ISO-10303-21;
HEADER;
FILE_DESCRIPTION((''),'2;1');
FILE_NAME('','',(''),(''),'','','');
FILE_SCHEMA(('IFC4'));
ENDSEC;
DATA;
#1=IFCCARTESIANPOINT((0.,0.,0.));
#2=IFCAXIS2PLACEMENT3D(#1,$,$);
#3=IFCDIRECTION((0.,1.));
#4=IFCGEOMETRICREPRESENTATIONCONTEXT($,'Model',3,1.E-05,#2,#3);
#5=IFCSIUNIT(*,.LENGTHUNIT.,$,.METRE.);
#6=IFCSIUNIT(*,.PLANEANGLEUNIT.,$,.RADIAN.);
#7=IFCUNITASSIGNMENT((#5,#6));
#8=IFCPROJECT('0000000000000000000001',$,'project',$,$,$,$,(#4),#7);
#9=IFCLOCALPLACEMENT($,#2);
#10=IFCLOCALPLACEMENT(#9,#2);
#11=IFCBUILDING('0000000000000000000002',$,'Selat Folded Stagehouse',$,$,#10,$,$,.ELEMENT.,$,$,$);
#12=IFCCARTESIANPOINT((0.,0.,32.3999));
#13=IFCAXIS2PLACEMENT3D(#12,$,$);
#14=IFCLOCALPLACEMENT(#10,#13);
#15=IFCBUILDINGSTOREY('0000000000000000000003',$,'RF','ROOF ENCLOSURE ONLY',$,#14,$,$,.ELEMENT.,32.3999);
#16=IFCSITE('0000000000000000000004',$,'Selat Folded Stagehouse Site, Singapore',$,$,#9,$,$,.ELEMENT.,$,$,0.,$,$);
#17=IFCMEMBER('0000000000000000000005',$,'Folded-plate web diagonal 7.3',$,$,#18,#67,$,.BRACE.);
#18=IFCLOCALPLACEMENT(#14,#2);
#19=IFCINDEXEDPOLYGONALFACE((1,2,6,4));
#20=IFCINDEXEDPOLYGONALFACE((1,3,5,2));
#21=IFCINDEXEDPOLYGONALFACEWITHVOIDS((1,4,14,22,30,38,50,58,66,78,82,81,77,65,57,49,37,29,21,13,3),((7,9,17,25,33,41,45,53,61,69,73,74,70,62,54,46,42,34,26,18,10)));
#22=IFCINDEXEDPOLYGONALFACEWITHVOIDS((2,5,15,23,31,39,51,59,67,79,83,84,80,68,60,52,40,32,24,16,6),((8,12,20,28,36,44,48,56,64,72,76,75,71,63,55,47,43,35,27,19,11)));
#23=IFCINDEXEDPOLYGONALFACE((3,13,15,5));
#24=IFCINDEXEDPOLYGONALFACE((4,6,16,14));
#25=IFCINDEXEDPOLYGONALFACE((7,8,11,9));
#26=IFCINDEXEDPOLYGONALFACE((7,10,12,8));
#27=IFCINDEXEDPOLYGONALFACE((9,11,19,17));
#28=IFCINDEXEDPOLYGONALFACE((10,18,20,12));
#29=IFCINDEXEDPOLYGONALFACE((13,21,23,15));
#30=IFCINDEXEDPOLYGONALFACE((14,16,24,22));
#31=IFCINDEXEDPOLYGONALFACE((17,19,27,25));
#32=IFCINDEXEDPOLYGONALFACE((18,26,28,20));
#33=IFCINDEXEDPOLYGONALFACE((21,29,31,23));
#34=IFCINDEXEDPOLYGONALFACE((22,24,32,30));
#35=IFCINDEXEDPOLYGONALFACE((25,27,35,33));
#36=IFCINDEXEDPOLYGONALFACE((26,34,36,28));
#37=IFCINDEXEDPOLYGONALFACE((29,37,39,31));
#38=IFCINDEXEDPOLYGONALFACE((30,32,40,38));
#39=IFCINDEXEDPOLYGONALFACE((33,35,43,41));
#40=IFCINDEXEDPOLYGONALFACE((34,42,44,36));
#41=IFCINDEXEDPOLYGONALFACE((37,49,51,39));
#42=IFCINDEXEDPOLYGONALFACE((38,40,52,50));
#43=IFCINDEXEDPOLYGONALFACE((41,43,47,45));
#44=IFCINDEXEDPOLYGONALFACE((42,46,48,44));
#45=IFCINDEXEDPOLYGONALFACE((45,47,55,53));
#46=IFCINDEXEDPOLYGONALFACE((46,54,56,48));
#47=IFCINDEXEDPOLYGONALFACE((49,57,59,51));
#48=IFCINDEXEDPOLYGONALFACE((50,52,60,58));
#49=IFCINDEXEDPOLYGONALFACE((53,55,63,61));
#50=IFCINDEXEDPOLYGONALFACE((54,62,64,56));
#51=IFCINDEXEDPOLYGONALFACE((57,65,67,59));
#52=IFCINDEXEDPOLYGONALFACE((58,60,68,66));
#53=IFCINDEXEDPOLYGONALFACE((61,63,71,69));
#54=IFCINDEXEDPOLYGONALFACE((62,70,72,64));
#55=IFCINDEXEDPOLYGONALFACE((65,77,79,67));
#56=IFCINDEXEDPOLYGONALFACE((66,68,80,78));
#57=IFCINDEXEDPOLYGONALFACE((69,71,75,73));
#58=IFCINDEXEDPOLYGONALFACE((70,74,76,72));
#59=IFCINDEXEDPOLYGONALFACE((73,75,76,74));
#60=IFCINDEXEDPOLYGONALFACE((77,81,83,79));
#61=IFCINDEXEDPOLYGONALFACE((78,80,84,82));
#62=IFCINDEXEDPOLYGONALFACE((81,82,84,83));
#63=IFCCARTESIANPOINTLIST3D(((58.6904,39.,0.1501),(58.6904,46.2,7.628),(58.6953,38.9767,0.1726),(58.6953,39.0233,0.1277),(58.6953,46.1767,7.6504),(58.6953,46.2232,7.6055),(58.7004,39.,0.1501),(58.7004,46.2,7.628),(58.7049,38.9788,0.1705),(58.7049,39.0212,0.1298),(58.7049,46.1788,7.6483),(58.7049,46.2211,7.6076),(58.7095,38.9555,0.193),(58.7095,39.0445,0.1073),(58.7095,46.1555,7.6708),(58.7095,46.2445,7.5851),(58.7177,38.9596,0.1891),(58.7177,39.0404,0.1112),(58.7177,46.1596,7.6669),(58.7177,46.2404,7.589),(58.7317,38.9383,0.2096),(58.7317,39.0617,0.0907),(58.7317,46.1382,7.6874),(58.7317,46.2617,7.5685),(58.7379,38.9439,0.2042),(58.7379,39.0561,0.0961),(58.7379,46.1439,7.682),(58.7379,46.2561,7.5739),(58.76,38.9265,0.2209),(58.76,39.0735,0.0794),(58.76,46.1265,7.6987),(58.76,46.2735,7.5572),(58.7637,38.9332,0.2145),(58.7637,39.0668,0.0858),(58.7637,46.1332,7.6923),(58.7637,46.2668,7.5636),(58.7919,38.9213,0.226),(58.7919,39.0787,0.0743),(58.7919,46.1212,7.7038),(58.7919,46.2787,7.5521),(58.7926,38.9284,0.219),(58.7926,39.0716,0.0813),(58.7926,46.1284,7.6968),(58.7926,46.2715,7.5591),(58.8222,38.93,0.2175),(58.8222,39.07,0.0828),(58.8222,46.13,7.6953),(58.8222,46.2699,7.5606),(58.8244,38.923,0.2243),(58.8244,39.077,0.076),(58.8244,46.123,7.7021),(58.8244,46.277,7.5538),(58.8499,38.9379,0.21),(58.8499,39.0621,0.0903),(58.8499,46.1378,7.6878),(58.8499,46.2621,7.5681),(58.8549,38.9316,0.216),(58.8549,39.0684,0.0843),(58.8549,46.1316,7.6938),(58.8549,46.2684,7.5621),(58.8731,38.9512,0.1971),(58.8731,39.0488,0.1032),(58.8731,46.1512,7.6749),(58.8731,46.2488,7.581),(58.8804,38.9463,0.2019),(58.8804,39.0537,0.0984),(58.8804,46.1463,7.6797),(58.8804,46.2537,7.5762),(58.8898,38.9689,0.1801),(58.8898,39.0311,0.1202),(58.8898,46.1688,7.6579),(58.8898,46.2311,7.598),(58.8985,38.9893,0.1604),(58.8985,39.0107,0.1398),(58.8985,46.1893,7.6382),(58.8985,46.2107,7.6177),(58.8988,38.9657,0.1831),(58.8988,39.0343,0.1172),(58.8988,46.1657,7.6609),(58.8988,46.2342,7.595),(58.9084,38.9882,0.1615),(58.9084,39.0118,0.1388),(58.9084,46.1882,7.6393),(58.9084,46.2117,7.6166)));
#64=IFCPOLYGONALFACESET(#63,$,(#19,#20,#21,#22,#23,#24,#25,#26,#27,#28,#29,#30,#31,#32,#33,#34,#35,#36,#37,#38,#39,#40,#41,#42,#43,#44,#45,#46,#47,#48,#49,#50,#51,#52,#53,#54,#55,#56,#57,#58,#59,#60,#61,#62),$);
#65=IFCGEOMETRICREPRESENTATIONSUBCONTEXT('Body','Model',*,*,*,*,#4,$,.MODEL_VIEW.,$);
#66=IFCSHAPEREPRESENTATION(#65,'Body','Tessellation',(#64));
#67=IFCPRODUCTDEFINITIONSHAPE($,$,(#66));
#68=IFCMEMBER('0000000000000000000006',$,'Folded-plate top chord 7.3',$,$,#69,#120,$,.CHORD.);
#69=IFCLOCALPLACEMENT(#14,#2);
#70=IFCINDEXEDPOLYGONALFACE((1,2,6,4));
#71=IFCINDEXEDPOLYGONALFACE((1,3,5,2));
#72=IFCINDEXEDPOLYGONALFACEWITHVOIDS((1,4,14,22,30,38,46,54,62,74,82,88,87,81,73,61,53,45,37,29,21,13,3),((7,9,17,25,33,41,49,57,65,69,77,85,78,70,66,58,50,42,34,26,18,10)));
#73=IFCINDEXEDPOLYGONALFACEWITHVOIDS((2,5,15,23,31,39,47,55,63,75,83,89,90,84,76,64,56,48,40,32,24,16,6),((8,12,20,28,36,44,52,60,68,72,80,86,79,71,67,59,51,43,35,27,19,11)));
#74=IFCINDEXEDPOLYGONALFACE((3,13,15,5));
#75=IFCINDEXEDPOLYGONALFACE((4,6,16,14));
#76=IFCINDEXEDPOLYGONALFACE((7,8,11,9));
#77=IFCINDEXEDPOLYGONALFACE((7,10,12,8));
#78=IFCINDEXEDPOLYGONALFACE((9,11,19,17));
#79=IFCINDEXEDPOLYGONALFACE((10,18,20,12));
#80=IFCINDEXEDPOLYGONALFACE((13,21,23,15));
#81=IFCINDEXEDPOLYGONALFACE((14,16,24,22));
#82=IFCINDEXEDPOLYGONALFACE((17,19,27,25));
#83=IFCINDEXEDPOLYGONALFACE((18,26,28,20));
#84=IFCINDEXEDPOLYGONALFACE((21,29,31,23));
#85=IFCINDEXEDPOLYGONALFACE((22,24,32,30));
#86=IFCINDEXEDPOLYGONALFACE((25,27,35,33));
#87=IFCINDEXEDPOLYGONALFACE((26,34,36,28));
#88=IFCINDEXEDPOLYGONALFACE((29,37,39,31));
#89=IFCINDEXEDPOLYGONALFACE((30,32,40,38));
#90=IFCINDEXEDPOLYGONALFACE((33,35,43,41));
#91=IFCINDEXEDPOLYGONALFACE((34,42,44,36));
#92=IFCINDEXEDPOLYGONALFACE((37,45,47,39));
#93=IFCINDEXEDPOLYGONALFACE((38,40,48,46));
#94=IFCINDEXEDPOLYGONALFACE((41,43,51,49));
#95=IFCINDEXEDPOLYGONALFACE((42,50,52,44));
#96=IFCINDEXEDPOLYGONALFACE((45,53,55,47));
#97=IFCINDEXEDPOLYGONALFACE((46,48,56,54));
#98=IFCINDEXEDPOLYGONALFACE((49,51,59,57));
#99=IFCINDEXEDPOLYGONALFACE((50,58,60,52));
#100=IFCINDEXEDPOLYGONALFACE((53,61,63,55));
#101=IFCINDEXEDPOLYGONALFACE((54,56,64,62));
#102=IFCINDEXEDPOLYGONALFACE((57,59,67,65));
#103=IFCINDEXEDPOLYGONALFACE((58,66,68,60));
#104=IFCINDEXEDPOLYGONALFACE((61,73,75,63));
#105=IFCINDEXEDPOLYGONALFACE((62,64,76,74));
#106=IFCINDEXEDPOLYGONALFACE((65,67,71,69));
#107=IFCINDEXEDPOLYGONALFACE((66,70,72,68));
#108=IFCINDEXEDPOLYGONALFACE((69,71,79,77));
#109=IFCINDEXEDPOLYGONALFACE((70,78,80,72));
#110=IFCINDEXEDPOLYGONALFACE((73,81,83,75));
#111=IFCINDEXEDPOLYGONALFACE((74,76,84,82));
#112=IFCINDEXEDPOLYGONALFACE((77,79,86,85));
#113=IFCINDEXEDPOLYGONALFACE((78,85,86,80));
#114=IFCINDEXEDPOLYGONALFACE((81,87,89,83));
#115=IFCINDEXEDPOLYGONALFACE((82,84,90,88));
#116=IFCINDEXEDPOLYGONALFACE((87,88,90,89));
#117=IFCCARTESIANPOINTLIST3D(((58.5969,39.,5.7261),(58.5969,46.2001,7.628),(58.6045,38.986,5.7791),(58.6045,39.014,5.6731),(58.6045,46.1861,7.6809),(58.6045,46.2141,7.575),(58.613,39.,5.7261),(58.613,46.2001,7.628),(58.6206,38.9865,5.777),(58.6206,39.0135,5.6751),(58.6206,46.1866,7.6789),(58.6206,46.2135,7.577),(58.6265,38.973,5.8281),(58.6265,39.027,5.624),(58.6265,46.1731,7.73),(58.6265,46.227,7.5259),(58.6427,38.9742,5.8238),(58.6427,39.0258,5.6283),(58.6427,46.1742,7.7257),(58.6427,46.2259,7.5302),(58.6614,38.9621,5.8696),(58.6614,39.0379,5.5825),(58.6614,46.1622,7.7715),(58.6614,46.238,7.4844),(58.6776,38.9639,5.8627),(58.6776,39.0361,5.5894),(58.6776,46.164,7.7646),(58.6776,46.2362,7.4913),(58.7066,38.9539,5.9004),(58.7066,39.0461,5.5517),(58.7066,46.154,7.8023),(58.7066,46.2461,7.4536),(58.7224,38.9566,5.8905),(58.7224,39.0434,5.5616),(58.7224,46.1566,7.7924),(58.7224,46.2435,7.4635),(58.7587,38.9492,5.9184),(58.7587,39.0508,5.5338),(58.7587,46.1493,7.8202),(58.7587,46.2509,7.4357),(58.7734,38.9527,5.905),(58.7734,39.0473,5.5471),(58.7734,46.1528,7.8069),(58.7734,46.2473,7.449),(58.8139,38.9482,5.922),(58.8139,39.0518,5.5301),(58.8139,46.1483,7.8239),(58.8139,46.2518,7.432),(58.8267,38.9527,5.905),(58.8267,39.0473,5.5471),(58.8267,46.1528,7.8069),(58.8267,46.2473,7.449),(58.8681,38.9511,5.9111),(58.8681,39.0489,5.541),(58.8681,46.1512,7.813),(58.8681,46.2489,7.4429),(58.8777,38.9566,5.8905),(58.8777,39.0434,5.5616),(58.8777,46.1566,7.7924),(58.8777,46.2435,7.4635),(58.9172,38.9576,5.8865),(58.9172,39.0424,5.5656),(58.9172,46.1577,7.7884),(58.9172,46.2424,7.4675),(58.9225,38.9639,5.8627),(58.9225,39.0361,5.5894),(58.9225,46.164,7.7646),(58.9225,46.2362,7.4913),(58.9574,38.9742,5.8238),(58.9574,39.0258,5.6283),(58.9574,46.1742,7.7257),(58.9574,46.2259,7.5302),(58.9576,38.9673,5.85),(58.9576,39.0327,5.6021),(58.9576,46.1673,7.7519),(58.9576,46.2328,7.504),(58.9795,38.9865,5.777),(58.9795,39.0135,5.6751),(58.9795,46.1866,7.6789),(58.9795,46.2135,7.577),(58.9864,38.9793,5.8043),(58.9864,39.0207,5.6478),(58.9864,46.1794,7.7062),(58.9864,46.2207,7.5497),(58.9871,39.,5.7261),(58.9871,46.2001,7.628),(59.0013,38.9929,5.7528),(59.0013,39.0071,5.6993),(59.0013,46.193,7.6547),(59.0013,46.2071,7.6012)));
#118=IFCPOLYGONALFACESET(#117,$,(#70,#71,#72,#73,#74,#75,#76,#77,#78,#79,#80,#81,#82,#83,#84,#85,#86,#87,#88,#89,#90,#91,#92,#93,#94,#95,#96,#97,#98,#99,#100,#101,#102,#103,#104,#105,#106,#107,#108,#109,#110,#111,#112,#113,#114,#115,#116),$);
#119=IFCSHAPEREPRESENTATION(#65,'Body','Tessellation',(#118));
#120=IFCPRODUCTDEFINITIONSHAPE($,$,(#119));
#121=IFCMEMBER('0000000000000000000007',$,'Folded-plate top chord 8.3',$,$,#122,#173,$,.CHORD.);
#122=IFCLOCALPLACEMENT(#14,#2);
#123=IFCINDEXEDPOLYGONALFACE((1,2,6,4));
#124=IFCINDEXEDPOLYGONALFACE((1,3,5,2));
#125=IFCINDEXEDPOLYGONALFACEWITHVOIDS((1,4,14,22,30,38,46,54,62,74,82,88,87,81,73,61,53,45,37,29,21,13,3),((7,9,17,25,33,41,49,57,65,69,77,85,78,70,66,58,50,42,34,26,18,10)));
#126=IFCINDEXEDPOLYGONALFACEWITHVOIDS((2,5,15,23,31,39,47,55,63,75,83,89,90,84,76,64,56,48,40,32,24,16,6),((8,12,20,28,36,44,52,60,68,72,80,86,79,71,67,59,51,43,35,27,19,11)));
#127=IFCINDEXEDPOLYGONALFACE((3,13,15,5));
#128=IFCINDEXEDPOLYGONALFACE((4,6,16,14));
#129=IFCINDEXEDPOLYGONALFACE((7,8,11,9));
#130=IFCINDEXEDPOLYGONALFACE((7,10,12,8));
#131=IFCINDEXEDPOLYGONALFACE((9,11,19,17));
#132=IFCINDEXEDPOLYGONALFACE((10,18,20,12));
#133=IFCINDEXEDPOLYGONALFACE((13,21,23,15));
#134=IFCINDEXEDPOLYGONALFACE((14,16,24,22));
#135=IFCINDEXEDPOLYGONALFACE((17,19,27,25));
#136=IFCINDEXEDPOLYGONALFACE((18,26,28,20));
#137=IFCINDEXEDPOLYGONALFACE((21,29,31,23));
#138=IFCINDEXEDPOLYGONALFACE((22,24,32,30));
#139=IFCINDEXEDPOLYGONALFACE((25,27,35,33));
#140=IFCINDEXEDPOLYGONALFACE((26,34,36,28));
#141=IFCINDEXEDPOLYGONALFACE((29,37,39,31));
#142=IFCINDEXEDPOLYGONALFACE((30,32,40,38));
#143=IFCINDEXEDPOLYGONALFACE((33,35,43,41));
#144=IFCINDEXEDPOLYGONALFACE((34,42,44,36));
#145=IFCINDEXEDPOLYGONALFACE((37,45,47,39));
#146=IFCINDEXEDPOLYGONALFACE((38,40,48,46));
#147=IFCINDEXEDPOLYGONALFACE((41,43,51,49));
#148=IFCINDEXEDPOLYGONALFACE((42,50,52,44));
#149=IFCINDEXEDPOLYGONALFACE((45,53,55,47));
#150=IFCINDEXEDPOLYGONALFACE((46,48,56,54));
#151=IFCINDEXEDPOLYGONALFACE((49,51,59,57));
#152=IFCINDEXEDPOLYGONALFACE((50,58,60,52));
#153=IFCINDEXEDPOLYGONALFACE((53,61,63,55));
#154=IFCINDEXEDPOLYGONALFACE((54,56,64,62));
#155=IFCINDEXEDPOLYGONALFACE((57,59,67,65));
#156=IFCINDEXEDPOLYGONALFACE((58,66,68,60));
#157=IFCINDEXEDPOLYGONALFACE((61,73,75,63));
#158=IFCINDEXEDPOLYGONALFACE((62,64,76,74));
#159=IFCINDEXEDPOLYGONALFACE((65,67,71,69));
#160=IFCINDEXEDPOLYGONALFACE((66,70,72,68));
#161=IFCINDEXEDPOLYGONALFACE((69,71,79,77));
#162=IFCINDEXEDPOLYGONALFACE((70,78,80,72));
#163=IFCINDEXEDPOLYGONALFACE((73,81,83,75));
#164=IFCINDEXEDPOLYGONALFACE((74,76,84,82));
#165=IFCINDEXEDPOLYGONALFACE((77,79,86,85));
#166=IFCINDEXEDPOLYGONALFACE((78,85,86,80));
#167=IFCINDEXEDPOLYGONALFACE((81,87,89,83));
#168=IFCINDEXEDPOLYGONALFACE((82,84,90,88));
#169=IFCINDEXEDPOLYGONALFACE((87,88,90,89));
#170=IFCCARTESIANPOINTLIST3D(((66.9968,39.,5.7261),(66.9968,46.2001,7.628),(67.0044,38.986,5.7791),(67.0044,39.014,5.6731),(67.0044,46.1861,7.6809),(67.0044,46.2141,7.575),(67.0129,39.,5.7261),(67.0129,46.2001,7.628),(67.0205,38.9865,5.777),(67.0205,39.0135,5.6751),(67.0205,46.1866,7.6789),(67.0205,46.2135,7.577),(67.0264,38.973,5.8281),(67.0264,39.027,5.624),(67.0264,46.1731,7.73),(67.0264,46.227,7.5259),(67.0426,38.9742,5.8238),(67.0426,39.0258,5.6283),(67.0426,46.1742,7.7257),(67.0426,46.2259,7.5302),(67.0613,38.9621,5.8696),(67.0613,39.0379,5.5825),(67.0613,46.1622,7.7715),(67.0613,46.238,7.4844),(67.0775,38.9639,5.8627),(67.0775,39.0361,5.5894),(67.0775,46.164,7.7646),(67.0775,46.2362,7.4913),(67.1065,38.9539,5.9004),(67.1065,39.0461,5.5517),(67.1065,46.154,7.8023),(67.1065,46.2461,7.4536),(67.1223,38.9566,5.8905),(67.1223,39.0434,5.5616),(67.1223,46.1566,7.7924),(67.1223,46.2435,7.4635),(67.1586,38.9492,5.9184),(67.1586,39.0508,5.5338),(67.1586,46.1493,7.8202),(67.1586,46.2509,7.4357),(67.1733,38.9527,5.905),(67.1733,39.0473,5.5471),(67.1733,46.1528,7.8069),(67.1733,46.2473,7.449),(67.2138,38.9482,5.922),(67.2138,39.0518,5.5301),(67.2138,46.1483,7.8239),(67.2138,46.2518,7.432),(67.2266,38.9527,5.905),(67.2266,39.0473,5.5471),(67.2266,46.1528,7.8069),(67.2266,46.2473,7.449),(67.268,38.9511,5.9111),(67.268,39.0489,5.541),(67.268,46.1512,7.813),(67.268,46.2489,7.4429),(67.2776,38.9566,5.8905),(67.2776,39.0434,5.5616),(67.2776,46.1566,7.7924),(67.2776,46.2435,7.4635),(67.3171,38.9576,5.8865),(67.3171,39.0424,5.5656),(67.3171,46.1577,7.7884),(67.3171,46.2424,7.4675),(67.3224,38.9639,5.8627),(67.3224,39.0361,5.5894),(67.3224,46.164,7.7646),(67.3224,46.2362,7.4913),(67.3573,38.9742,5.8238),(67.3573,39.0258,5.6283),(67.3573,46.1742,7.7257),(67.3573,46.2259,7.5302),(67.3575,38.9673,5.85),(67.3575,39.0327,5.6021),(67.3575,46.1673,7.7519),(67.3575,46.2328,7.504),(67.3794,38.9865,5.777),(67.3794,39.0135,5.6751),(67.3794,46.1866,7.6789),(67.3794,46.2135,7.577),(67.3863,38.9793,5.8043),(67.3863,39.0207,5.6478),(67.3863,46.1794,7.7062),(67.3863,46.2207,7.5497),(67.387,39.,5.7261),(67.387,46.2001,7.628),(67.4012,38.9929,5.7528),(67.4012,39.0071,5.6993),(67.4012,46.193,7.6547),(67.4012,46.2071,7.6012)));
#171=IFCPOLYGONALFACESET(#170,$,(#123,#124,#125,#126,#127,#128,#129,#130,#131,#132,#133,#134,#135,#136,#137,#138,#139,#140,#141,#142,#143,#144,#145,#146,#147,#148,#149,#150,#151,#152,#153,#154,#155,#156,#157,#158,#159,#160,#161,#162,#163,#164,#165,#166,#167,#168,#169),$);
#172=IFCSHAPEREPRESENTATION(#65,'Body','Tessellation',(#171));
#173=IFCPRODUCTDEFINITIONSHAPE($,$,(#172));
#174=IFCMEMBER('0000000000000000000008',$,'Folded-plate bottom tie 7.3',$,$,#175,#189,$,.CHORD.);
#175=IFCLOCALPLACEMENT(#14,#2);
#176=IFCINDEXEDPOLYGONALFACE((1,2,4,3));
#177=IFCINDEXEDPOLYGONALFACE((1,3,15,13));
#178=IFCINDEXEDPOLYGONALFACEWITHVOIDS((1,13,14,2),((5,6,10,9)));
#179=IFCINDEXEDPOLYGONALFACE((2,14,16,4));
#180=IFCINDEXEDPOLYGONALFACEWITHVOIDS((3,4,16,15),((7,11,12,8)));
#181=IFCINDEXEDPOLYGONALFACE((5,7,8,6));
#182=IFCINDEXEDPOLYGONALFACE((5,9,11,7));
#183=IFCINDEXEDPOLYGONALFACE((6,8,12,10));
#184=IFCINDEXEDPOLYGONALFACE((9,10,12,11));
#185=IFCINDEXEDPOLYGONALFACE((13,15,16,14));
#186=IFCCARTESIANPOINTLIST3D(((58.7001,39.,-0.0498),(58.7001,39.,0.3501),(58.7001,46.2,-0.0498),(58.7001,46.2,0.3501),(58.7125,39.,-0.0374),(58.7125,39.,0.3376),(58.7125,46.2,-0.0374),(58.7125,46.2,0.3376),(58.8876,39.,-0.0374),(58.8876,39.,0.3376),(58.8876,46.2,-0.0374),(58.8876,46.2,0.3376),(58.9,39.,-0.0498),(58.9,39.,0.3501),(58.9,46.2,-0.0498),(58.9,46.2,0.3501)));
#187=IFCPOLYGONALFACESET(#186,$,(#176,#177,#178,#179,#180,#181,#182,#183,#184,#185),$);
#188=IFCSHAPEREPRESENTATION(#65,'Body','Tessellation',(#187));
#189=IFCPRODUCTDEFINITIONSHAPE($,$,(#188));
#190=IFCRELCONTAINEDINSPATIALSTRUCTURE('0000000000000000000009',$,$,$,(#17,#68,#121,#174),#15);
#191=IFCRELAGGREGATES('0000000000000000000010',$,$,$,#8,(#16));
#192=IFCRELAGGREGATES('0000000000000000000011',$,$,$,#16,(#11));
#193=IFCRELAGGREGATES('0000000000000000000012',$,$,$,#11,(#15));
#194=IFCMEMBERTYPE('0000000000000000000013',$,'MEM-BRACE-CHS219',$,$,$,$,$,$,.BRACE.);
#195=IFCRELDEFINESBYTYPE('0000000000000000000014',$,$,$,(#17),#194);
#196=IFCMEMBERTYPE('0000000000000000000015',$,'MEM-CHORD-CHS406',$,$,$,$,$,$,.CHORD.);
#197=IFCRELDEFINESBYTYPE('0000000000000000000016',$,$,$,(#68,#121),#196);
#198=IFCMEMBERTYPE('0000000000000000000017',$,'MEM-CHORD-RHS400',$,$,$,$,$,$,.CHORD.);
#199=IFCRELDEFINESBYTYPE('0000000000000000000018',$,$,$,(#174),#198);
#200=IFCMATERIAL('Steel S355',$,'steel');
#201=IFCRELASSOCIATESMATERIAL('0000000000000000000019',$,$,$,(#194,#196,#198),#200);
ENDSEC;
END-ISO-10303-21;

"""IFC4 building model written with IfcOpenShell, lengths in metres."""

from ifc_helpers import new_model, si_unit, direction, frame, origin, origin_2d, place, context, subcontext, project, spatial, hollow_rectangle, hollow_circle, extrude, material, material_profile, profile_set, type_object, element, save


model = new_model("IFC4")

# Units and contexts
model_context = context("Model", 3, precision=1e-05, world=origin(), true_north=direction((0.0, 1.0)))
body_context = subcontext(model_context, "Body", "Model", "MODEL_VIEW")
ifc_project = project(units=[si_unit("LENGTHUNIT", "METRE"), si_unit("PLANEANGLEUNIT", "RADIAN")], contexts=[model_context])

# Site, building, storey
site_placement = place(None, origin())
site = spatial("IfcSite", under=ifc_project, at=site_placement, Name="Selat Folded Stagehouse Site, Singapore", CompositionType="ELEMENT", RefElevation=0.0)
building_placement = place(site_placement, origin())
building = spatial("IfcBuilding", under=site, at=building_placement, Name="Selat Folded Stagehouse", CompositionType="ELEMENT")
storey_placement = place(building_placement, frame((0.0, 0.0, 32.3999)))
storey = spatial("IfcBuildingStorey", under=building, at=storey_placement, Name="RF", Description="ROOF ENCLOSURE ONLY", CompositionType="ELEMENT", Elevation=32.3999)

# Shared definitions
ifc_material_1 = material(Name="Steel S355", Category="steel")

# Members
ifc_material_profile_1 = material_profile(ifc_material_1, hollow_circle(Radius=0.1096, WallThickness=0.01, at=origin_2d()), Name="CHS 219.1x10.0")
ifc_profile_set_1 = profile_set([ifc_material_profile_1], Name="Steel S355")
member_type_1 = type_object("IfcMemberType", Name="MEM-BRACE-CHS219", PredefinedType="BRACE", material=ifc_profile_set_1)
member_1_placement = place(storey_placement, frame((58.8, 39.0, 0.1501), z_axis=(0.0, 0.693598, 0.720362), x_axis=(-1.0, 0.0, 0.0)))
element("IfcMember", 1, at=member_1_placement, inside=storey, type_object=member_type_1, Name="Folded-plate web diagonal 7.3", PredefinedType="BRACE", context=body_context, shape_type="SweptSolid", body=[
    extrude(hollow_circle(Radius=0.1096, WallThickness=0.01, at=origin_2d()), origin(), (0.0, 0.0, 1.0), 10.3806),
])
ifc_material_profile_2 = material_profile(ifc_material_1, hollow_circle(Radius=0.2031, WallThickness=0.0161, at=origin_2d()), Name="CHS 406.4x16.0")
ifc_profile_set_2 = profile_set([ifc_material_profile_2], Name="Steel S355")
member_type_2 = type_object("IfcMemberType", Name="MEM-CHORD-CHS406", PredefinedType="CHORD", material=ifc_profile_set_2)
for number, where, z_axis, x_axis, name in (
    (2, (58.8, 39.0, 5.7261), (0.0, 0.966838, 0.255389), (-1.0, 0.0, 0.0), "Folded-plate top chord 7.3"),
    (3, (67.2, 39.0, 5.7261), (0.0, 0.966838, 0.255389), (-1.0, 0.0, 0.0), "Folded-plate top chord 8.3"),
):
    element("IfcMember", number, at=place(storey_placement, frame(where, z_axis=z_axis, x_axis=x_axis)), inside=storey, type_object=member_type_2, Name=name, PredefinedType="CHORD", context=body_context, shape_type="SweptSolid", body=[
        extrude(hollow_circle(Radius=0.2031, WallThickness=0.0161, at=origin_2d()), origin(), (0.0, 0.0, 1.0), 7.447),
    ])
ifc_material_profile_3 = material_profile(ifc_material_1, hollow_rectangle(XDim=0.2, YDim=0.3999, WallThickness=0.0125, at=origin_2d()), Name="RHS 400x200x12.5")
ifc_profile_set_3 = profile_set([ifc_material_profile_3], Name="Steel S355")
member_type_3 = type_object("IfcMemberType", Name="MEM-CHORD-RHS400", PredefinedType="CHORD", material=ifc_profile_set_3)
member_2_placement = place(storey_placement, frame((58.8, 39.0, 0.1501), z_axis=(0.0, 1.0, 0.0), x_axis=(-1.0, 0.0, 0.0)))
element("IfcMember", 4, at=member_2_placement, inside=storey, type_object=member_type_3, Name="Folded-plate bottom tie 7.3", PredefinedType="CHORD", context=body_context, shape_type="SweptSolid", body=[
    extrude(hollow_rectangle(XDim=0.2, YDim=0.3999, WallThickness=0.0125, at=origin_2d()), origin(), (0.0, 0.0, 1.0), 7.2),
])

save(model, "model.ifc")
